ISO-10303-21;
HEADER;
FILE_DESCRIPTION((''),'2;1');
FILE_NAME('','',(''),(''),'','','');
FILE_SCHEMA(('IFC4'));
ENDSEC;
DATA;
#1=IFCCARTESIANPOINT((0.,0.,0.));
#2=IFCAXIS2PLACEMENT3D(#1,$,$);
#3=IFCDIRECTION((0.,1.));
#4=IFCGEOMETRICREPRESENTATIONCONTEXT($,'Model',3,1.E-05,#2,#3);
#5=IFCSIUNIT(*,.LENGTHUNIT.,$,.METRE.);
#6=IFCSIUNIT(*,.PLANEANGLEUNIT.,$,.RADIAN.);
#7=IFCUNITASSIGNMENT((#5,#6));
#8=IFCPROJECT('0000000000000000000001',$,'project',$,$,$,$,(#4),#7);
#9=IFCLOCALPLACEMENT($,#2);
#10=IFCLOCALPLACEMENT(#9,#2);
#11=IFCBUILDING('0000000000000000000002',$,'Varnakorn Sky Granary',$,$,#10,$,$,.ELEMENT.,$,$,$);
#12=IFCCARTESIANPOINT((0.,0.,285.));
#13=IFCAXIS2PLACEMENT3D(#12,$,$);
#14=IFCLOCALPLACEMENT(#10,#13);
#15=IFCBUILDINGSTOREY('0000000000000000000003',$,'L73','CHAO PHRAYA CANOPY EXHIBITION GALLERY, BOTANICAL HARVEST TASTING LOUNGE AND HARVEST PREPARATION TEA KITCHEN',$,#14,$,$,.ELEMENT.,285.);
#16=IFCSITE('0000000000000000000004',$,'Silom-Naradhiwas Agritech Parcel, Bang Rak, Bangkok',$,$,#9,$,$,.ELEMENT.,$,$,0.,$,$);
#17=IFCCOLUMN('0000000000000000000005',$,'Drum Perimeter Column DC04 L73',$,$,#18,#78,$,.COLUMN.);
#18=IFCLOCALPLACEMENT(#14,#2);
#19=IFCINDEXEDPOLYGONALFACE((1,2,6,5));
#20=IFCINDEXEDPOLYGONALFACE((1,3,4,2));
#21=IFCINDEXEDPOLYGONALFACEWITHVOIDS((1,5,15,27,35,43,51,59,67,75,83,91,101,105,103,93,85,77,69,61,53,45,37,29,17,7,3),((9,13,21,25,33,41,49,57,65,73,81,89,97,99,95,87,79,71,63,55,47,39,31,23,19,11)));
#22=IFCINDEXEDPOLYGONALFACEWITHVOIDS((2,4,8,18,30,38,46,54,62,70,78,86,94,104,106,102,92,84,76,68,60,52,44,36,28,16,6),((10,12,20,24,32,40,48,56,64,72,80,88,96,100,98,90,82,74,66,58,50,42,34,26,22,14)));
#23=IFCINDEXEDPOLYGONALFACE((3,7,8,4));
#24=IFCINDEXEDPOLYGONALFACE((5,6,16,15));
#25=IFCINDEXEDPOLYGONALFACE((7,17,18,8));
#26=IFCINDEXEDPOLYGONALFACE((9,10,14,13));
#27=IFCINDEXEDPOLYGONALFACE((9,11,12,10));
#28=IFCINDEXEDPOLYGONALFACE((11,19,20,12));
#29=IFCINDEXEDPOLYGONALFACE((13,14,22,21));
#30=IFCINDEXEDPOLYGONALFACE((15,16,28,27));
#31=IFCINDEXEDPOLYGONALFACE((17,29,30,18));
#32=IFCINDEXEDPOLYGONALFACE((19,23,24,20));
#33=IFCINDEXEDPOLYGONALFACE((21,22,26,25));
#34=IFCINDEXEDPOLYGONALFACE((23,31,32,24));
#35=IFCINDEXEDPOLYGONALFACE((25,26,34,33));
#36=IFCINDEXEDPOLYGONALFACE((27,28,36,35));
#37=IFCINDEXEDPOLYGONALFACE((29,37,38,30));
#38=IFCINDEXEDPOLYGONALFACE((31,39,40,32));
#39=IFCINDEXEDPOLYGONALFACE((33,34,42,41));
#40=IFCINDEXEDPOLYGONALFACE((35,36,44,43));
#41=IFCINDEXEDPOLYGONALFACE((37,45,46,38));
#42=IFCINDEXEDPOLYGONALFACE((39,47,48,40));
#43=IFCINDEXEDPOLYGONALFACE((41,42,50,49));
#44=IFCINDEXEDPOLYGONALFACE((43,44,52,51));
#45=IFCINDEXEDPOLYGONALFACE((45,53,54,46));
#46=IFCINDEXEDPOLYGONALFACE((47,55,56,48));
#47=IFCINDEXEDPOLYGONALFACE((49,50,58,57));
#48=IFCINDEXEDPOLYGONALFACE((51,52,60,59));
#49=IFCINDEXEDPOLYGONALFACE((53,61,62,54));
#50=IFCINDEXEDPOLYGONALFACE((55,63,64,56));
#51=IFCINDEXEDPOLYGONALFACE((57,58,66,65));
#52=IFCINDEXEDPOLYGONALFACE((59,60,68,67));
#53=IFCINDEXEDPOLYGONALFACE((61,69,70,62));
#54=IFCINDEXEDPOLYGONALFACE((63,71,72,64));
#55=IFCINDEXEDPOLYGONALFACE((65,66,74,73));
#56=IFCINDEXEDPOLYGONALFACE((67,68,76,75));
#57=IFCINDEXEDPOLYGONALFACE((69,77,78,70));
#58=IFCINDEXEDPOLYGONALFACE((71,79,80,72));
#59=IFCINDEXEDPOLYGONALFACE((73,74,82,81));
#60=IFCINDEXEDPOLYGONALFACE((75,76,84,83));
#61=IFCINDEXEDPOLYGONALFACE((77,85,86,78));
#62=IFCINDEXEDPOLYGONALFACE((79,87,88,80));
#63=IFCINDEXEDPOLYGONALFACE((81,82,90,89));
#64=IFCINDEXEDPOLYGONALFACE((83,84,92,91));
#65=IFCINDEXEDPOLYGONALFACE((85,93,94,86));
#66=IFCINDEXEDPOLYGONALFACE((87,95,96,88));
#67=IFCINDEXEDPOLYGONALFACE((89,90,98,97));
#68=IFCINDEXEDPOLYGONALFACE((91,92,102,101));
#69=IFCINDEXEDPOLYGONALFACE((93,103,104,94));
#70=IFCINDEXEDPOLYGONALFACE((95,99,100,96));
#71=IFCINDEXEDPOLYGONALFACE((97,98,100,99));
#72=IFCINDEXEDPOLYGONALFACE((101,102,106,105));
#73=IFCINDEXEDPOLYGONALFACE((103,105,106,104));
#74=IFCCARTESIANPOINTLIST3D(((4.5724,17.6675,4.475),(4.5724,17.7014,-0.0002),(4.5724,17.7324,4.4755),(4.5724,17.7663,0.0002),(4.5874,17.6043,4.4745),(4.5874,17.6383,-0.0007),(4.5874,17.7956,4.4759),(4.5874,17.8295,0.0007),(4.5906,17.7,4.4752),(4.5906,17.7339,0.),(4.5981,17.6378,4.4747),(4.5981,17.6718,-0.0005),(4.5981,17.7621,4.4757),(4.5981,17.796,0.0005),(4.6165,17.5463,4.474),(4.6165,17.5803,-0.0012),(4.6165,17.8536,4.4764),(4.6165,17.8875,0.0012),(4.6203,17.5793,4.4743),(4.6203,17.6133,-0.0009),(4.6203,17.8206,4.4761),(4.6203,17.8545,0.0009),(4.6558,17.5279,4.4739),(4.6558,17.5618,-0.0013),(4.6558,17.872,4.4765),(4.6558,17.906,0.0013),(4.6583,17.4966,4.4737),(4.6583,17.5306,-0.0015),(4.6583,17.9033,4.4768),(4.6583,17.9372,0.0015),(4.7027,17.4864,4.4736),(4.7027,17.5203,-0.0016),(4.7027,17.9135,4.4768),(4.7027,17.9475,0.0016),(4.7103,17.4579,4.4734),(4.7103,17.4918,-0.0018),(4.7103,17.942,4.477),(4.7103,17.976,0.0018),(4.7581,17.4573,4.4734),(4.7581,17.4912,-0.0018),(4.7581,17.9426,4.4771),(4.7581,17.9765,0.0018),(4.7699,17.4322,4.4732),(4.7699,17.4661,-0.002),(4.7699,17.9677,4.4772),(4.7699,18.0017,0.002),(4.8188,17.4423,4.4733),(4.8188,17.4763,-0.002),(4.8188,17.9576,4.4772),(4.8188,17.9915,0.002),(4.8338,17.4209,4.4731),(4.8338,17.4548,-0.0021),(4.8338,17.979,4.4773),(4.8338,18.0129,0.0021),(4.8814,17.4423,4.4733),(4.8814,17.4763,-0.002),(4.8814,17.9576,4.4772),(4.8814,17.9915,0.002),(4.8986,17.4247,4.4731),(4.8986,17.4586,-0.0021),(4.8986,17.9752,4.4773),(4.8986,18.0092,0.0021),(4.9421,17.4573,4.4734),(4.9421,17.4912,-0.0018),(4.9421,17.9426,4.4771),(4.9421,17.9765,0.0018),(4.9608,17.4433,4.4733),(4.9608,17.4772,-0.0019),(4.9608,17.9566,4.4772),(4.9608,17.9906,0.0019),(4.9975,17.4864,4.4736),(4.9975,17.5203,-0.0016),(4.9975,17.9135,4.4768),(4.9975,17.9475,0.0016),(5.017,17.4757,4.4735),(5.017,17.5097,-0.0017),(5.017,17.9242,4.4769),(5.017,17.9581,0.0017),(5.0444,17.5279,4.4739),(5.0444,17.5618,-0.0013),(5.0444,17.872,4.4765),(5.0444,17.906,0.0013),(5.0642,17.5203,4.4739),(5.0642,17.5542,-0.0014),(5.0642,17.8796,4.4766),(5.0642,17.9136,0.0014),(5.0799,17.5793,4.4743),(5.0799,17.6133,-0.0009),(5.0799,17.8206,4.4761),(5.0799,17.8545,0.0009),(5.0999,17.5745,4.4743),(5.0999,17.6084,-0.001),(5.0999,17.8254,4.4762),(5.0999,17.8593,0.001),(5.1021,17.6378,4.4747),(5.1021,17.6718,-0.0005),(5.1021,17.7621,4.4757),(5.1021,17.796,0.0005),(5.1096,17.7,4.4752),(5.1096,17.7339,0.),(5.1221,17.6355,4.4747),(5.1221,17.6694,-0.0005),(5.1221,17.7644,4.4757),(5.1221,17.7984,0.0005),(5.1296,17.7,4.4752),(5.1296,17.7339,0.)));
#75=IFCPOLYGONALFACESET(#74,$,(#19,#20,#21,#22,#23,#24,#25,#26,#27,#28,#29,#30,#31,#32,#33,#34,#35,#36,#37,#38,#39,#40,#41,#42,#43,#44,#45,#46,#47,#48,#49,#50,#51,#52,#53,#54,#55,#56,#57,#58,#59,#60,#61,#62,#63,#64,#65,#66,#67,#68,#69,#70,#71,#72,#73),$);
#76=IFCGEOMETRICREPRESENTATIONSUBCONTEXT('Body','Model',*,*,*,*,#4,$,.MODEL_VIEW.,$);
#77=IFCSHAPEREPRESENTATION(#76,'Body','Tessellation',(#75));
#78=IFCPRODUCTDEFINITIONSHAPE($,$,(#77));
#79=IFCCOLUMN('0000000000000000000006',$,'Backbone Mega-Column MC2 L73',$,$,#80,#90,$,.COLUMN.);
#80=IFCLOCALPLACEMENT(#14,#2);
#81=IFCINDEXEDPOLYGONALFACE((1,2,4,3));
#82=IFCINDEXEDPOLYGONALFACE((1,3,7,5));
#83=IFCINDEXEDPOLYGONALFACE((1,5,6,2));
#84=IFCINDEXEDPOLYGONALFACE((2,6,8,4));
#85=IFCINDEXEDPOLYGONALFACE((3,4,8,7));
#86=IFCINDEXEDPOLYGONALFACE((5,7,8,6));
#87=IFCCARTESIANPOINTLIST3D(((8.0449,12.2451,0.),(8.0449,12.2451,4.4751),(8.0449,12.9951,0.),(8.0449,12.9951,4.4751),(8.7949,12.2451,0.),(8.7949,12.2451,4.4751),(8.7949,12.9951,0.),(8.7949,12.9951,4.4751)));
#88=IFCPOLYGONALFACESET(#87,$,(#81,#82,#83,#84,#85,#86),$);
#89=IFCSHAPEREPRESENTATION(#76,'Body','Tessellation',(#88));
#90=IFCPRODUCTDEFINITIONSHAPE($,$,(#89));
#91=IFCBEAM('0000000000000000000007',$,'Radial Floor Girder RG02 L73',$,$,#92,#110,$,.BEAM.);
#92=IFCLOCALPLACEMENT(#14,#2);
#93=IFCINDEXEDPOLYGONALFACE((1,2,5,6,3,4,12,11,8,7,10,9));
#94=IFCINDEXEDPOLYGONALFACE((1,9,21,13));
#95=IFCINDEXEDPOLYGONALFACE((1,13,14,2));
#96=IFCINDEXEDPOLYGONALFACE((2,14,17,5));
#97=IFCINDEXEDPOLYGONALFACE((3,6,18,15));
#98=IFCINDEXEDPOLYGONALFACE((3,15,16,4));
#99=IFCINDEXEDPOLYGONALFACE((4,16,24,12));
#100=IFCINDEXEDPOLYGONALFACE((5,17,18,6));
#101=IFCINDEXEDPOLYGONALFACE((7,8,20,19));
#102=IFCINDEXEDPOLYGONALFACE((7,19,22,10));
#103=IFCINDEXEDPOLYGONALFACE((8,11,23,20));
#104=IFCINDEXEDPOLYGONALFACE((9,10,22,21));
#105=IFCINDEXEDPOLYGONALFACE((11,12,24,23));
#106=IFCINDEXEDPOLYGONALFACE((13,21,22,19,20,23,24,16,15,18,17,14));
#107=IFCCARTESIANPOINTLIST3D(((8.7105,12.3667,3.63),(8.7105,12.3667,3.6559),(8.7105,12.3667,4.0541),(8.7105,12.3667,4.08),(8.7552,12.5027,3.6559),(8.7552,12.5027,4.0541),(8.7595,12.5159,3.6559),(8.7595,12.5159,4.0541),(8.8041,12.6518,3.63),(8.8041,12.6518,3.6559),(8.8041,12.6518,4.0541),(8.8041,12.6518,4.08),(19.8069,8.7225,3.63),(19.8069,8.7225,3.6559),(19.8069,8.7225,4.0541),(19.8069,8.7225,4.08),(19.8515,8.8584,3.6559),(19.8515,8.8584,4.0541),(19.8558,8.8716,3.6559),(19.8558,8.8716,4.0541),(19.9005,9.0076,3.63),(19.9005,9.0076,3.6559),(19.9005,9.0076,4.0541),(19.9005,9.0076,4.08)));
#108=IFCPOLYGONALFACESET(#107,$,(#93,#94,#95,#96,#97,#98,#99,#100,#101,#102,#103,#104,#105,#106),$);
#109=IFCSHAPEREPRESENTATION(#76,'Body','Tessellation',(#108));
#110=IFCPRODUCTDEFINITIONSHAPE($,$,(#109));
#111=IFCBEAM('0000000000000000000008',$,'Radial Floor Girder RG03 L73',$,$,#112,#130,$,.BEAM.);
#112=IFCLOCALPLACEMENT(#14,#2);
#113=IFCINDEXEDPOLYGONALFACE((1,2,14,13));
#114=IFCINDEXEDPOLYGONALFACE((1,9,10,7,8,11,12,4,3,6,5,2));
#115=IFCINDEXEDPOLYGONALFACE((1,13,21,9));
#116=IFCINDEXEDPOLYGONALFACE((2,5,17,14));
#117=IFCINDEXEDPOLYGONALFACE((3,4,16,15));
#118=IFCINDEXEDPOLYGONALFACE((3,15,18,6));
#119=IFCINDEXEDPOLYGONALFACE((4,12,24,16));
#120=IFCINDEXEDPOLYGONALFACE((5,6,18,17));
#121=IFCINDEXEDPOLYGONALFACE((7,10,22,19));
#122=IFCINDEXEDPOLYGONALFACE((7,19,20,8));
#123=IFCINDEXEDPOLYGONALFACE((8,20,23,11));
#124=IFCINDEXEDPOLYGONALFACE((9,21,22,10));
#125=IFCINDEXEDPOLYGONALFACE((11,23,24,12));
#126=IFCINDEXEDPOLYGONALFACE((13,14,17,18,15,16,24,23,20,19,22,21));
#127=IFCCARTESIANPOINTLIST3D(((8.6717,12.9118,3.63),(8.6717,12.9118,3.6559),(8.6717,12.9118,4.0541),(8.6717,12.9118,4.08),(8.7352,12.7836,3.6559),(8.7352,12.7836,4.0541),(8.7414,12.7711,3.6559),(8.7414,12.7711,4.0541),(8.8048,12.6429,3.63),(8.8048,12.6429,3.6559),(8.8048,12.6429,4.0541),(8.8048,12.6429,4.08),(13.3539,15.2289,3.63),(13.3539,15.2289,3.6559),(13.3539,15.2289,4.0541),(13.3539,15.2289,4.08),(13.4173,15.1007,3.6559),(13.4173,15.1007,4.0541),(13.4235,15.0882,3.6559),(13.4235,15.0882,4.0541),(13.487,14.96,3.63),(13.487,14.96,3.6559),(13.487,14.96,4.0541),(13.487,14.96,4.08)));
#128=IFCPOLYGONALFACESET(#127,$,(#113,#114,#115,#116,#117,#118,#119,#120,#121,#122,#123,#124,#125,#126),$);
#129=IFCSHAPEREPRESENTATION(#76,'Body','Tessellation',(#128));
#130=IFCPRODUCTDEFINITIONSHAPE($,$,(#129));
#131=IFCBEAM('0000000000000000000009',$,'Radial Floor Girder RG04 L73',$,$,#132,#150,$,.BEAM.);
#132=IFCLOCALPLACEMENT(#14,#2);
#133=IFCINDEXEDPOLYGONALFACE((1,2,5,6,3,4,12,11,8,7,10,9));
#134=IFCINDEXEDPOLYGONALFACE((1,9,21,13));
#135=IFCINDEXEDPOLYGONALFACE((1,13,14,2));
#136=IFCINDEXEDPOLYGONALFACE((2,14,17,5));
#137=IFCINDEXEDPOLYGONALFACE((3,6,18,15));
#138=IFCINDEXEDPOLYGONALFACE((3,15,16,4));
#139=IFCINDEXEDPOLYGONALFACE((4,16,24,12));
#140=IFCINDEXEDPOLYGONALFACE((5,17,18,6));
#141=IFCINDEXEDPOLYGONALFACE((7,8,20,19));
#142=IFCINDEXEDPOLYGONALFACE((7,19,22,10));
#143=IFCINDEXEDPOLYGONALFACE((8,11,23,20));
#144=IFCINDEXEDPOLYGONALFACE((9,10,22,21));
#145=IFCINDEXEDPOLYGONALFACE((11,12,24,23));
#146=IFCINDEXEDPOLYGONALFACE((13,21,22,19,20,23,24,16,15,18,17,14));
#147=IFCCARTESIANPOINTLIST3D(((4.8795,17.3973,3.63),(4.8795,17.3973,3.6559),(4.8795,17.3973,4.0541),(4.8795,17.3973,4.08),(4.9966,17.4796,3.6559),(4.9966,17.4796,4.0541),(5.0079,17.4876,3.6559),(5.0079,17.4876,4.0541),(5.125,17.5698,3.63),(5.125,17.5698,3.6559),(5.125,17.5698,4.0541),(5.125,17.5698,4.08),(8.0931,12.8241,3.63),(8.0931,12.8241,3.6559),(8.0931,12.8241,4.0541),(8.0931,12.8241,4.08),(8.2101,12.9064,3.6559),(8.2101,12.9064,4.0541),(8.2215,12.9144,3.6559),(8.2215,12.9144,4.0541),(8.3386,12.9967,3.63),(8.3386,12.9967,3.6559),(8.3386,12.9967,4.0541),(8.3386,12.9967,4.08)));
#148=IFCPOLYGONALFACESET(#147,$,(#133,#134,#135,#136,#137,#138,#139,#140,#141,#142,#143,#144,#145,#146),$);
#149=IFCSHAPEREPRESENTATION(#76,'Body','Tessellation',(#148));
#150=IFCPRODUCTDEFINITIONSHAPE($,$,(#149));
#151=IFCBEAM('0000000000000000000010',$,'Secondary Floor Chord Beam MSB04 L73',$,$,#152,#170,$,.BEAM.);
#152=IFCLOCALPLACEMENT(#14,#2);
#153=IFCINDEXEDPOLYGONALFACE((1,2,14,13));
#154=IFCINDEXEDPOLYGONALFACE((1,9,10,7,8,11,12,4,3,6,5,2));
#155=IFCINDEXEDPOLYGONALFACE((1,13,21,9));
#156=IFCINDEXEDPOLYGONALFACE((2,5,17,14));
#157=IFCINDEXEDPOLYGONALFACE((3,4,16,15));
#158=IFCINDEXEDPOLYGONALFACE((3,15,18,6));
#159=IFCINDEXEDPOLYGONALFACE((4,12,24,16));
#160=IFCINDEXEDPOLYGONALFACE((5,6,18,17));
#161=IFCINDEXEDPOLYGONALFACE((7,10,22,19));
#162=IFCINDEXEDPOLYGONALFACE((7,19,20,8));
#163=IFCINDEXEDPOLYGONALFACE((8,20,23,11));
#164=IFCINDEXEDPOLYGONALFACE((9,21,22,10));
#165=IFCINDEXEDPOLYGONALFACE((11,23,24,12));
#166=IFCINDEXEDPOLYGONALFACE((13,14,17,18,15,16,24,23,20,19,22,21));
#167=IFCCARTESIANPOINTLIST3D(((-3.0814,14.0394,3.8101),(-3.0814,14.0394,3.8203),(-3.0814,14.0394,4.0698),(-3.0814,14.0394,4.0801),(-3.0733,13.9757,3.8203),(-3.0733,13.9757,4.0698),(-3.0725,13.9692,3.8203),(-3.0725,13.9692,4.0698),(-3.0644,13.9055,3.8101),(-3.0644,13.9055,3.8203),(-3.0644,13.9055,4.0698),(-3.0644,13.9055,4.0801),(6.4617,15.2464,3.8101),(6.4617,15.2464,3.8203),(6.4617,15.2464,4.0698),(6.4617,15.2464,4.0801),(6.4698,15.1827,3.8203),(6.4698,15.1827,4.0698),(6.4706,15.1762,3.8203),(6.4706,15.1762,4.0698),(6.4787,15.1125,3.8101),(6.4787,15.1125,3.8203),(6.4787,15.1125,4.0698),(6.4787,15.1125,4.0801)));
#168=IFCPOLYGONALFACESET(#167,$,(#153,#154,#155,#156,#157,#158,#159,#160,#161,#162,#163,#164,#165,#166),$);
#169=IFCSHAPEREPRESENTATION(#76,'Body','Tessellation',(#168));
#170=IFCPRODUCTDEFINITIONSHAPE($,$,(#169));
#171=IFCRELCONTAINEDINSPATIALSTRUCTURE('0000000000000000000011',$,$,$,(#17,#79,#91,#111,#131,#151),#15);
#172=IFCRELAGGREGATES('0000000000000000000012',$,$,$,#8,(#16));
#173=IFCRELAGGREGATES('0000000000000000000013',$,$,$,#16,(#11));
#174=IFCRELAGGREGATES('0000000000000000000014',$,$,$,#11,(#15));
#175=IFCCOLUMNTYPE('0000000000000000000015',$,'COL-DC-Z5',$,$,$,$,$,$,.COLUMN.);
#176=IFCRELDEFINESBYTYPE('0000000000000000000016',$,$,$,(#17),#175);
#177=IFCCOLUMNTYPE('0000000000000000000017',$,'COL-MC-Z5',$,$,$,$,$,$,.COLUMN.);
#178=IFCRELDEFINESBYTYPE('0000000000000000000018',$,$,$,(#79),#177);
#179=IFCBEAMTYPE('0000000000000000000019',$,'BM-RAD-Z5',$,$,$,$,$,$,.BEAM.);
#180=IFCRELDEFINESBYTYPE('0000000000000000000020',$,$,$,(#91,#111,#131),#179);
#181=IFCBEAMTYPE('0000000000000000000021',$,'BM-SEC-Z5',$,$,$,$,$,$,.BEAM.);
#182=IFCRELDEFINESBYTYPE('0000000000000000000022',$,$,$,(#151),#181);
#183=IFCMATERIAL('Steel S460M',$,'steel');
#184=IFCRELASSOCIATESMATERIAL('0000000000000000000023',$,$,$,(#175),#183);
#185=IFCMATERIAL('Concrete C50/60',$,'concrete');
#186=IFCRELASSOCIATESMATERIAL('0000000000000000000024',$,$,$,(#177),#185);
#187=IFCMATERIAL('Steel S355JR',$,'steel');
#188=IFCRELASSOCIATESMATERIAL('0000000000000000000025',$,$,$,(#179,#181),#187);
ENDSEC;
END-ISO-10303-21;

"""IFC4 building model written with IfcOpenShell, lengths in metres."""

from ifc_helpers import new_model, si_unit, direction, frame, origin, origin_2d, place, context, subcontext, project, spatial, rectangle, hollow_circle, i_section, extrude, material, material_profile, profile_set, type_object, element, save


model = new_model("IFC4")

# Units and contexts
model_context = context("Model", 3, precision=1e-05, world=origin(), true_north=direction((0.0, 1.0)))
body_context = subcontext(model_context, "Body", "Model", "MODEL_VIEW")
ifc_project = project(units=[si_unit("LENGTHUNIT", "METRE"), si_unit("PLANEANGLEUNIT", "RADIAN")], contexts=[model_context])

# Site, building, storey
site_placement = place(None, origin())
site = spatial("IfcSite", under=ifc_project, at=site_placement, Name="Silom-Naradhiwas Agritech Parcel, Bang Rak, Bangkok", CompositionType="ELEMENT", RefElevation=0.0)
building_placement = place(site_placement, origin())
building = spatial("IfcBuilding", under=site, at=building_placement, Name="Varnakorn Sky Granary", CompositionType="ELEMENT")
storey_placement = place(building_placement, frame((0.0, 0.0, 285.0)))
storey = spatial("IfcBuildingStorey", under=building, at=storey_placement, Name="L73", Description="CHAO PHRAYA CANOPY EXHIBITION GALLERY, BOTANICAL HARVEST TASTING LOUNGE AND HARVEST PREPARATION TEA KITCHEN", CompositionType="ELEMENT", Elevation=285.0)

# Columns
ifc_material_1 = material(Name="Steel S460M", Category="steel")
ifc_material_profile_1 = material_profile(ifc_material_1, hollow_circle(Radius=0.2795, WallThickness=0.02, at=origin_2d()), Name="CHS 559x20")
ifc_profile_set_1 = profile_set([ifc_material_profile_1], Name="Steel S460M")
column_type_1 = type_object("IfcColumnType", Name="COL-DC-Z5", PredefinedType="COLUMN", material=ifc_profile_set_1)
column_1_placement = place(storey_placement, frame((4.8501, 17.7339, 0.0), z_axis=(0.0, -0.007583, 0.999971), x_axis=(1.0, 0.0, 0.0)))
element("IfcColumn", 1, at=column_1_placement, inside=storey, type_object=column_type_1, Name="Drum Perimeter Column DC04 L73", PredefinedType="COLUMN", context=body_context, shape_type="SweptSolid", body=[
    extrude(hollow_circle(Radius=0.2795, WallThickness=0.02, at=origin_2d()), origin(), (0.0, 0.0, 1.0), 4.4753),
])
ifc_material_2 = material(Name="Concrete C50/60", Category="concrete")
ifc_material_profile_2 = material_profile(ifc_material_2, rectangle(XDim=0.75, YDim=0.75, at=origin_2d()), Name="RC 750x750")
ifc_profile_set_2 = profile_set([ifc_material_profile_2], Name="Concrete C50/60")
column_type_2 = type_object("IfcColumnType", Name="COL-MC-Z5", PredefinedType="COLUMN", material=ifc_profile_set_2)
column_2_placement = place(storey_placement, frame((8.4199, 12.6201, 0.0), z_axis=(0.0, 0.0, 1.0), x_axis=(1.0, 0.0, 0.0)))
element("IfcColumn", 2, at=column_2_placement, inside=storey, type_object=column_type_2, Name="Backbone Mega-Column MC2 L73", PredefinedType="COLUMN", context=body_context, shape_type="SweptSolid", body=[
    extrude(rectangle(XDim=0.75, YDim=0.75, at=origin_2d()), origin(), (0.0, 0.0, 1.0), 4.4751),
])

# Beams
ifc_material_3 = material(Name="Steel S355JR", Category="steel")
ifc_material_profile_3 = material_profile(ifc_material_3, i_section(OverallWidth=0.3, OverallDepth=0.45, WebThickness=0.0139, FlangeThickness=0.0259, at=origin_2d()), Name="HE 450 B")
ifc_profile_set_3 = profile_set([ifc_material_profile_3], Name="Steel S355JR")
beam_type_1 = type_object("IfcBeamType", Name="BM-RAD-Z5", PredefinedType="BEAM", material=ifc_profile_set_3)
beam_1_placement = place(storey_placement, frame((8.7573, 12.5093, 3.855), z_axis=(0.950075, -0.312023, 0.0), x_axis=(0.312023, 0.950075, 0.0)))
element("IfcBeam", 3, at=beam_1_placement, inside=storey, type_object=beam_type_1, Name="Radial Floor Girder RG02 L73", PredefinedType="BEAM", context=body_context, shape_type="SweptSolid", body=[
    extrude(i_section(OverallWidth=0.3, OverallDepth=0.45, WebThickness=0.0139, FlangeThickness=0.0259, at=origin_2d()), origin(), (0.0, 0.0, 1.0), 11.6794),
])
beam_2_placement = place(storey_placement, frame((8.7383, 12.7773, 3.855), z_axis=(0.896252, 0.443546, 0.0), x_axis=(-0.443546, 0.896252, 0.0)))
element("IfcBeam", 4, at=beam_2_placement, inside=storey, type_object=beam_type_1, Name="Radial Floor Girder RG03 L73", PredefinedType="BEAM", context=body_context, shape_type="SweptSolid", body=[
    extrude(i_section(OverallWidth=0.3, OverallDepth=0.45, WebThickness=0.0139, FlangeThickness=0.0259, at=origin_2d()), origin(), (0.0, 0.0, 1.0), 5.2241),
])
beam_3_placement = place(storey_placement, frame((8.2158, 12.9104, 3.855), z_axis=(-0.574945, 0.818192, 0.0), x_axis=(-0.818192, -0.574945, 0.0)))
element("IfcBeam", 5, at=beam_3_placement, inside=storey, type_object=beam_type_1, Name="Radial Floor Girder RG04 L73", PredefinedType="BEAM", context=body_context, shape_type="SweptSolid", body=[
    extrude(i_section(OverallWidth=0.3, OverallDepth=0.45, WebThickness=0.0139, FlangeThickness=0.0259, at=origin_2d()), origin(), (0.0, 0.0, 1.0), 5.5894),
])
ifc_material_profile_4 = material_profile(ifc_material_3, i_section(OverallWidth=0.135, OverallDepth=0.27, WebThickness=0.0066, FlangeThickness=0.0103, at=origin_2d()), Name="IPE 270")
ifc_profile_set_4 = profile_set([ifc_material_profile_4], Name="Steel S355JR")
beam_type_2 = type_object("IfcBeamType", Name="BM-SEC-Z5", PredefinedType="BEAM", material=ifc_profile_set_4)
beam_4_placement = place(storey_placement, frame((6.4702, 15.1794, 3.9451), z_axis=(-0.992096, -0.125481, 0.0), x_axis=(0.125481, -0.992096, 0.0)))
element("IfcBeam", 6, at=beam_4_placement, inside=storey, type_object=beam_type_2, Name="Secondary Floor Chord Beam MSB04 L73", PredefinedType="BEAM", context=body_context, shape_type="SweptSolid", body=[
    extrude(i_section(OverallWidth=0.135, OverallDepth=0.27, WebThickness=0.0066, FlangeThickness=0.0103, at=origin_2d()), origin(), (0.0, 0.0, 1.0), 9.6191),
])

save(model, "model.ifc")
